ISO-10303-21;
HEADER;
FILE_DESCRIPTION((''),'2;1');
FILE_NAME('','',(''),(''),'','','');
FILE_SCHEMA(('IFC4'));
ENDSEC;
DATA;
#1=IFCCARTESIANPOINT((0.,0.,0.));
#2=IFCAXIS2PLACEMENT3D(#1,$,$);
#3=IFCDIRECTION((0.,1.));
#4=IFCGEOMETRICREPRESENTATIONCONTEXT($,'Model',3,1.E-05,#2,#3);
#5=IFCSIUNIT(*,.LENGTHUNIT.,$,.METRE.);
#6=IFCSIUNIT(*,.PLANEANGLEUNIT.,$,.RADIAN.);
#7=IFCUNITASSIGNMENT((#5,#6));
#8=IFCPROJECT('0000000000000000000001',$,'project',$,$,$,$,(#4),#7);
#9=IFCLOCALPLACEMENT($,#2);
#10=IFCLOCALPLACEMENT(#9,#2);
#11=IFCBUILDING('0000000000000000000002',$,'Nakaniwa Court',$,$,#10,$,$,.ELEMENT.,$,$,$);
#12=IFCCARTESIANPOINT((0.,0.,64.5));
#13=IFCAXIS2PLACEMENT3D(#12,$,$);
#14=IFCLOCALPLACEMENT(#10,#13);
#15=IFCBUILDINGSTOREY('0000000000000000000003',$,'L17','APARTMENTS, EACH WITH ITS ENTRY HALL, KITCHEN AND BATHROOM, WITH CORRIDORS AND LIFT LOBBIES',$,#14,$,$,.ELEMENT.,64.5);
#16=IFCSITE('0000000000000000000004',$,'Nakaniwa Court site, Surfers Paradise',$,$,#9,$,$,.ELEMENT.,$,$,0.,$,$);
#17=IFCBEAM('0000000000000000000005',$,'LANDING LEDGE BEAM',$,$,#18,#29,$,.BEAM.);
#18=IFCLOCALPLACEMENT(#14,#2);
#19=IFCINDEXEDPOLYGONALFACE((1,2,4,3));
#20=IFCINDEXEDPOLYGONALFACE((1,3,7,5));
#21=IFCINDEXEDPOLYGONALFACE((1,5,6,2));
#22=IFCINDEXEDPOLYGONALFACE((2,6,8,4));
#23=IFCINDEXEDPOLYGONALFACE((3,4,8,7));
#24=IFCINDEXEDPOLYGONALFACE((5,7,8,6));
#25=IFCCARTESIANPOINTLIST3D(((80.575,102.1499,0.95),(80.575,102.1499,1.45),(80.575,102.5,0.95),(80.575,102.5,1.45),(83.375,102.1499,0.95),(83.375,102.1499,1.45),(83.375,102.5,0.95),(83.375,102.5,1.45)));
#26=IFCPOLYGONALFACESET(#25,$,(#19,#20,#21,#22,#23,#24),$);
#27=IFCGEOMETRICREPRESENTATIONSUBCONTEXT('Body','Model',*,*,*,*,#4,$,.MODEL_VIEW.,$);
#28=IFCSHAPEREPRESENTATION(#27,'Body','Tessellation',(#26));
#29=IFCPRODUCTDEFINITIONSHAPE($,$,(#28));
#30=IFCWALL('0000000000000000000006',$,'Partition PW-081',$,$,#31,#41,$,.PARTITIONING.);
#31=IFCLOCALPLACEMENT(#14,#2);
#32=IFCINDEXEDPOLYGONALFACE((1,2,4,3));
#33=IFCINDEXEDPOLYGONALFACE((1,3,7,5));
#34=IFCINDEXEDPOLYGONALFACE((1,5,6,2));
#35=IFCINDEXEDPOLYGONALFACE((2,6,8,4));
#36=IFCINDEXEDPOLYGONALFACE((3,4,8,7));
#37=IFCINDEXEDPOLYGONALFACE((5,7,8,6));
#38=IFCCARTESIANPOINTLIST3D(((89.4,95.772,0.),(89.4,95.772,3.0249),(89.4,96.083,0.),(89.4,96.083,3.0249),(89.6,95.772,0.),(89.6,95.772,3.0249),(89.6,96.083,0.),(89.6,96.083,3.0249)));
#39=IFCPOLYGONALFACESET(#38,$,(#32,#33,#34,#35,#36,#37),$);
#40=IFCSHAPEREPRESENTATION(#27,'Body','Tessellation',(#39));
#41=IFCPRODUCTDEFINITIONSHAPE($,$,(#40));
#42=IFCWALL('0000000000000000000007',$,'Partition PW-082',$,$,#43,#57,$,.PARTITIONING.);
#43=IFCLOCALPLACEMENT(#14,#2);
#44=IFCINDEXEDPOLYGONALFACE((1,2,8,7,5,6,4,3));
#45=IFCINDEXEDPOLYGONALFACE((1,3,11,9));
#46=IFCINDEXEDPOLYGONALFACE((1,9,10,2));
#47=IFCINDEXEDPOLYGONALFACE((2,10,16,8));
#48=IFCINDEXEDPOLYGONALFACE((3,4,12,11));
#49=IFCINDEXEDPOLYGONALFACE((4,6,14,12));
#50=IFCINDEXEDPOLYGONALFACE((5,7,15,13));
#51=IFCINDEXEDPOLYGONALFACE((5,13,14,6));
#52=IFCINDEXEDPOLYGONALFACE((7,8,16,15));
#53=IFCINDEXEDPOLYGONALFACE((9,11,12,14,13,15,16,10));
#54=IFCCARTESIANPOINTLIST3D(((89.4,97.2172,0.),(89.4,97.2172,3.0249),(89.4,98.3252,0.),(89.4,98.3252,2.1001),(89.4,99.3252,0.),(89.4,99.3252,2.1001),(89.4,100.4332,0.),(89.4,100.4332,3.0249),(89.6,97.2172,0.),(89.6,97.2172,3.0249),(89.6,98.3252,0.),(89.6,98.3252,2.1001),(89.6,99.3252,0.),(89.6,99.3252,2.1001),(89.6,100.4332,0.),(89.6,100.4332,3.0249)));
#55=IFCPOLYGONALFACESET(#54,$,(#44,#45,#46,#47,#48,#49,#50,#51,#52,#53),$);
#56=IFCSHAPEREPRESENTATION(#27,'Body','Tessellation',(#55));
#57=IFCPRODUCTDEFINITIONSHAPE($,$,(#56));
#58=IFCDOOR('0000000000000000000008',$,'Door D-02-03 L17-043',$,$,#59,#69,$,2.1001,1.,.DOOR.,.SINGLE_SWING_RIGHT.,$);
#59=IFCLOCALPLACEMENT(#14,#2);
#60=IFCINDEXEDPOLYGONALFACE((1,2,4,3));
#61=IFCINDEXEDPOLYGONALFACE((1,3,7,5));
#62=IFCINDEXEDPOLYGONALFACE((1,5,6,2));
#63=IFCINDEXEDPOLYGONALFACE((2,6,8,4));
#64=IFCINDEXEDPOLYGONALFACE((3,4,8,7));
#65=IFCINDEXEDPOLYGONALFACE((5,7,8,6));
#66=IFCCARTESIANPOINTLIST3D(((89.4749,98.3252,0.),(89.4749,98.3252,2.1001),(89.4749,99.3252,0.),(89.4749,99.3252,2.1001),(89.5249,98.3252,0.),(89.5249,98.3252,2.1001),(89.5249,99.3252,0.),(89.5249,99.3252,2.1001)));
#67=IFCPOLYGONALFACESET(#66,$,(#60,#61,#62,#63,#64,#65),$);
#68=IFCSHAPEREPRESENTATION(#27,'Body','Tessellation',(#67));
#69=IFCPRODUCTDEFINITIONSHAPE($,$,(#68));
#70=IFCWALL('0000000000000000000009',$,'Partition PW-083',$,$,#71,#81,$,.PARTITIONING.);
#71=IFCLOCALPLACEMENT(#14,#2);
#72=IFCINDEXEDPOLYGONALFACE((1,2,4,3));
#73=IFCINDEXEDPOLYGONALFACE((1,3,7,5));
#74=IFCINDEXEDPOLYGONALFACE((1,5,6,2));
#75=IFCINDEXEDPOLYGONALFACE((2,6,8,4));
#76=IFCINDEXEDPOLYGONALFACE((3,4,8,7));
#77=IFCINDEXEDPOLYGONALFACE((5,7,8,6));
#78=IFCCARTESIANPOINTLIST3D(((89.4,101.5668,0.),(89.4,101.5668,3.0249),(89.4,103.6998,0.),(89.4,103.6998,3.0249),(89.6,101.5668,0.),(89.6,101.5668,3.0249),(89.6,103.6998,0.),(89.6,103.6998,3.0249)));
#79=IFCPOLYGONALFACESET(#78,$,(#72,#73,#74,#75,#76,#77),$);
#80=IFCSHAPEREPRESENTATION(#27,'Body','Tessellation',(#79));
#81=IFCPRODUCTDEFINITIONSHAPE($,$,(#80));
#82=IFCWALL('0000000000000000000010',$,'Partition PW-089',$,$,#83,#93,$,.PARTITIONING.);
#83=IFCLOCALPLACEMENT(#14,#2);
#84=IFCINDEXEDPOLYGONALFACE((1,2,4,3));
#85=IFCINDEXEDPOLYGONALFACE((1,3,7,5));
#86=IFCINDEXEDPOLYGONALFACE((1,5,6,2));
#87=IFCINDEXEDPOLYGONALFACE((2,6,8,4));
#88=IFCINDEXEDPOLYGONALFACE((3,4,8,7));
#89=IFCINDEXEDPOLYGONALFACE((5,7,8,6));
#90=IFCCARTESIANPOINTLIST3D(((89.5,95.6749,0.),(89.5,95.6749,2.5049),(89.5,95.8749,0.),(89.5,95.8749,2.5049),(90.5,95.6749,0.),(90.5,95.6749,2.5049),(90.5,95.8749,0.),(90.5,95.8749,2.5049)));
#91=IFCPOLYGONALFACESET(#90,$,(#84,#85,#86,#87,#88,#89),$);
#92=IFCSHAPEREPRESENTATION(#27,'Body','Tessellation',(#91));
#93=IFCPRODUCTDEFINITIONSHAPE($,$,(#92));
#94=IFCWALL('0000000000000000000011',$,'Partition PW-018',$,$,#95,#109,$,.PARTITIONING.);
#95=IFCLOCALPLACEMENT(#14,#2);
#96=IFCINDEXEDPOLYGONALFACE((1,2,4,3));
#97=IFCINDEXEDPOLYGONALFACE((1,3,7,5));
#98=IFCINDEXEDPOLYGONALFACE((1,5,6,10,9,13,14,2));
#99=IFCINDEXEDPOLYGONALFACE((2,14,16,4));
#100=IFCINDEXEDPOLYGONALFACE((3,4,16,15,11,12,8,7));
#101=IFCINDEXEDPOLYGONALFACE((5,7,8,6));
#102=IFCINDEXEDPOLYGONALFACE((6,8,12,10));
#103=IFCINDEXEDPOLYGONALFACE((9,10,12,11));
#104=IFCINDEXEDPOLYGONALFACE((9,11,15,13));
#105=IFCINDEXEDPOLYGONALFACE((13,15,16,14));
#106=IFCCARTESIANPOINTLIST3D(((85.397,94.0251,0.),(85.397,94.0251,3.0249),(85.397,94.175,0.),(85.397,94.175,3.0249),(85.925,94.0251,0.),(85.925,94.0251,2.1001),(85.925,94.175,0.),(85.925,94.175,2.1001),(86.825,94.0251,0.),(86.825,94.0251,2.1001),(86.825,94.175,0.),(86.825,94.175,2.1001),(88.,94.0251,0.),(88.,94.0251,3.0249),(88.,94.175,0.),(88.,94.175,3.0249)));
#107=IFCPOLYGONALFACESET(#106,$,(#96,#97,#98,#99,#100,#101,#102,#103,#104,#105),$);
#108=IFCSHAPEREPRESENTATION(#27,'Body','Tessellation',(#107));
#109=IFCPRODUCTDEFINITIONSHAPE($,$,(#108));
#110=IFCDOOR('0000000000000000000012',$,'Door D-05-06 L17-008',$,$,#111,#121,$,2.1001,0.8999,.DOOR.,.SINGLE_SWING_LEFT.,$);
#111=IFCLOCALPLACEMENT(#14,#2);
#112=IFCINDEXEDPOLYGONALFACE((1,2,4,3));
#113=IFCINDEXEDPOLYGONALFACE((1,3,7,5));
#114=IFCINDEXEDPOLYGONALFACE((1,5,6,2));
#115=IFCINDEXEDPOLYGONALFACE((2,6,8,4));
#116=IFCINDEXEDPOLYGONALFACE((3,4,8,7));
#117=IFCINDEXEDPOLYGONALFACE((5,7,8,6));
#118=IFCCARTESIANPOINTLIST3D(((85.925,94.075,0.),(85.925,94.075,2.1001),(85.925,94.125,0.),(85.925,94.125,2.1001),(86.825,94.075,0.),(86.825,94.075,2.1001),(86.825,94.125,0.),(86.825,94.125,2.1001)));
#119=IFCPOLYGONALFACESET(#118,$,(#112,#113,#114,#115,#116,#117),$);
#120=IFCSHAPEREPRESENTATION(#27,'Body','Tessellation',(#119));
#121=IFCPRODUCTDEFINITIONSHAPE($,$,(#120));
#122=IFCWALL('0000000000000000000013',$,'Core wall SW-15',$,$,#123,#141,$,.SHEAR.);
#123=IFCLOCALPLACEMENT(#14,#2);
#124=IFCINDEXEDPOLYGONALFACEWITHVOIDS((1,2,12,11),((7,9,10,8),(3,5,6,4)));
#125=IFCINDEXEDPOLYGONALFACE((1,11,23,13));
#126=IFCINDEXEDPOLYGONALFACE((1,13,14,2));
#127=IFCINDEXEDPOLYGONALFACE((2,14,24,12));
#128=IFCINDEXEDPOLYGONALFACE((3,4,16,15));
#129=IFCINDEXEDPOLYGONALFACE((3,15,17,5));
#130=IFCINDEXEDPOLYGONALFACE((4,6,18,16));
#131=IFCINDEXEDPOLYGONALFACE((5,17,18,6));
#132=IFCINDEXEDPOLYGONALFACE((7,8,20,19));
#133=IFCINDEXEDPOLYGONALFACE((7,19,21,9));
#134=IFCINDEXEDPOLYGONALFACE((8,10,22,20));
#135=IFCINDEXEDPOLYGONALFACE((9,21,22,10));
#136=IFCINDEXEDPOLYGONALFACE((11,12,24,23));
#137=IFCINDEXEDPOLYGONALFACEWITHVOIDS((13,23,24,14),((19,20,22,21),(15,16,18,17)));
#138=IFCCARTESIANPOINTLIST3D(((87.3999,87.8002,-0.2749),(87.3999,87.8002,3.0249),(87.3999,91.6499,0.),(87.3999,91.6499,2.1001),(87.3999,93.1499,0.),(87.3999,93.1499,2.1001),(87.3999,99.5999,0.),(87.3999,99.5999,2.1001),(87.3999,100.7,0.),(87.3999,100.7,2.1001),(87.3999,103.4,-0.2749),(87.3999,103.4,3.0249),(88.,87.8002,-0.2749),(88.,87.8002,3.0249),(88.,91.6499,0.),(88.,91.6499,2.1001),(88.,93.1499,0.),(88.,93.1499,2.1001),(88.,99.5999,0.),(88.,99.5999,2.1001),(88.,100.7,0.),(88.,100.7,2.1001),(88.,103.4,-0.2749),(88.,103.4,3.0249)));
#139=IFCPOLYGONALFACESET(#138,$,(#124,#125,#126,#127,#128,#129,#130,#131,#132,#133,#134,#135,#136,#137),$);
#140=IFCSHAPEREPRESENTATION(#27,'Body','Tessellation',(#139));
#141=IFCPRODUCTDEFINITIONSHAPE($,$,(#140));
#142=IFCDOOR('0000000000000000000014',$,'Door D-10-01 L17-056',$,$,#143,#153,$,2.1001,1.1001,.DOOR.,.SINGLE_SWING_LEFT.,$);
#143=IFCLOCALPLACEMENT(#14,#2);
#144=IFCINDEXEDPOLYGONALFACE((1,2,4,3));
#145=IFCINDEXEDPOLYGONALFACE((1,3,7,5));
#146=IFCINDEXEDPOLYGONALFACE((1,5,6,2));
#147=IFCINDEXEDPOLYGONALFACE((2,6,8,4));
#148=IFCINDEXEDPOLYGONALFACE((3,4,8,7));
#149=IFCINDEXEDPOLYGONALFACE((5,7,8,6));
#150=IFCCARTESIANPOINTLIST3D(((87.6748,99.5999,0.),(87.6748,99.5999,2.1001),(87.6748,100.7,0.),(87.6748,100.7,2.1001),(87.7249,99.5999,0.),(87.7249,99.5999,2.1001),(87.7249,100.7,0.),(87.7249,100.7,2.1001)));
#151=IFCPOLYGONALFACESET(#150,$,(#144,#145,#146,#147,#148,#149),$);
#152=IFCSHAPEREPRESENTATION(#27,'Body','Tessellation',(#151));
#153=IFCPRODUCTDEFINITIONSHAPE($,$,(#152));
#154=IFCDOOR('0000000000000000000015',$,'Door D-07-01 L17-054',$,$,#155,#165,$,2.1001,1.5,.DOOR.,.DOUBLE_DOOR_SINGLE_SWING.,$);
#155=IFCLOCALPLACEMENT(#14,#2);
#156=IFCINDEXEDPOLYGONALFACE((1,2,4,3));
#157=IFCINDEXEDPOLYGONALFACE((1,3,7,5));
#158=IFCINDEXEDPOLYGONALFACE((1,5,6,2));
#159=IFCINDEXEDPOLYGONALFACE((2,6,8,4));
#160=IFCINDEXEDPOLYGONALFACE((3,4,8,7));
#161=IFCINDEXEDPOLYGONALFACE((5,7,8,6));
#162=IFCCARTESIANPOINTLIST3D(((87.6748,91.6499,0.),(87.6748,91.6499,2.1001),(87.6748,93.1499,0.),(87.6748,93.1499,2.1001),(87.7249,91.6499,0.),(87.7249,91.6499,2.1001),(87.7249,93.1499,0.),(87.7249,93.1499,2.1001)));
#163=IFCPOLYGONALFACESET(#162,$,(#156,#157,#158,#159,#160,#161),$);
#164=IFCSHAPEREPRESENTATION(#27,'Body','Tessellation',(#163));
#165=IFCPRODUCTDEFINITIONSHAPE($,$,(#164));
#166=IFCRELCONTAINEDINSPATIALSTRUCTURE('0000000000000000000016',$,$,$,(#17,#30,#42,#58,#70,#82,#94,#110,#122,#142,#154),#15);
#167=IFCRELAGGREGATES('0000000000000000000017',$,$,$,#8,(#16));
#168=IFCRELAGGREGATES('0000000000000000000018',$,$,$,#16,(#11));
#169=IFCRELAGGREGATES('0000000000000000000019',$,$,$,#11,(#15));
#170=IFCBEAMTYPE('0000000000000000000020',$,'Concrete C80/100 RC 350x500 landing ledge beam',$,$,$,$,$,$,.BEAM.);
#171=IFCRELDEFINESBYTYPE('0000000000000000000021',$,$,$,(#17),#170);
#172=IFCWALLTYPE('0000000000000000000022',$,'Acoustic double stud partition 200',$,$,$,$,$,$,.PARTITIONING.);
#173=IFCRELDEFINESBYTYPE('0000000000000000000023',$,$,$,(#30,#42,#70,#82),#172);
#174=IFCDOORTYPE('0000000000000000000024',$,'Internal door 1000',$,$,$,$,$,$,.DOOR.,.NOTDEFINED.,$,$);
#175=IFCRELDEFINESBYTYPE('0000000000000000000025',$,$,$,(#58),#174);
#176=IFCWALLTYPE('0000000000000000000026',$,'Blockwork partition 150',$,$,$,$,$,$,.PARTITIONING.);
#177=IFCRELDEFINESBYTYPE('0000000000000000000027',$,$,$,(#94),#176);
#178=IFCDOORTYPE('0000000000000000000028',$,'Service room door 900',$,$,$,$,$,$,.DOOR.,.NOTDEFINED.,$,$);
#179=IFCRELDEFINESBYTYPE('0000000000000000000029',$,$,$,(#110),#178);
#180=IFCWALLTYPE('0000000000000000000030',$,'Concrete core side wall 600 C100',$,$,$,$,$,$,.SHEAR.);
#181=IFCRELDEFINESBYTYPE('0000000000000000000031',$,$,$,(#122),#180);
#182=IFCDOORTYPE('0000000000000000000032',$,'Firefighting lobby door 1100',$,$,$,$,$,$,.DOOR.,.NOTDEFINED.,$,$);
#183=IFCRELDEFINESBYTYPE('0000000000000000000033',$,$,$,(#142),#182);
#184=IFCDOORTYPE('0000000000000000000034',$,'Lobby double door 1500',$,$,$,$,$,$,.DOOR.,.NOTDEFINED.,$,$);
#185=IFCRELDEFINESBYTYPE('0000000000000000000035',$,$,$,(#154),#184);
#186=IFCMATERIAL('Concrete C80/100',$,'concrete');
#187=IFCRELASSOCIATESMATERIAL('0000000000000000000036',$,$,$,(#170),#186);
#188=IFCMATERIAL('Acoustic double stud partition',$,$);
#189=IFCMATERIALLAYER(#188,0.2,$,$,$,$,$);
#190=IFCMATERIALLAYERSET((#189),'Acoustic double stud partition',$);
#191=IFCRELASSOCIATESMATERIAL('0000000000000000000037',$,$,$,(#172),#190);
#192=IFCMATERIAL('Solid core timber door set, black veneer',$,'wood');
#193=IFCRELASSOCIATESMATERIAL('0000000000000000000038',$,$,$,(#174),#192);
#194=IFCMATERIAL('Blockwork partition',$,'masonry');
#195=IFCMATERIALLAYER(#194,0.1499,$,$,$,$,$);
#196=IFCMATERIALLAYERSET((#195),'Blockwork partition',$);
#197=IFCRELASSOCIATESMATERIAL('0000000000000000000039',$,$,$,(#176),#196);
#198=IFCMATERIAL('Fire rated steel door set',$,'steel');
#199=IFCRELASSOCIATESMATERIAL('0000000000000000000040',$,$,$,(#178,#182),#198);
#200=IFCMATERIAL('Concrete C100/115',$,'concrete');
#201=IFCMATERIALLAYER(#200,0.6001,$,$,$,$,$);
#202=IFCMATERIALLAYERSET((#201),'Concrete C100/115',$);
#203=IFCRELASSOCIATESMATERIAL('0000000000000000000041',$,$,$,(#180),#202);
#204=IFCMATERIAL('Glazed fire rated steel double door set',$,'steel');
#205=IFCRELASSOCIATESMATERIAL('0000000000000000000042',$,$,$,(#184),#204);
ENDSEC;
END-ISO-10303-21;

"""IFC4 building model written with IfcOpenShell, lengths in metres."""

from ifc_helpers import new_model, si_unit, direction, frame, frame_2d, origin, origin_2d, place, context, subcontext, project, spatial, rectangle, extrude, material, layer, layer_set, material_profile, profile_set, type_object, element, fill, save


model = new_model("IFC4")

# Units and contexts
model_context = context("Model", 3, precision=1e-05, world=origin(), true_north=direction((0.0, 1.0)))
body_context = subcontext(model_context, "Body", "Model", "MODEL_VIEW")
ifc_project = project(units=[si_unit("LENGTHUNIT", "METRE"), si_unit("PLANEANGLEUNIT", "RADIAN")], contexts=[model_context])

# Site, building, storey
site_placement = place(None, origin())
site = spatial("IfcSite", under=ifc_project, at=site_placement, Name="Nakaniwa Court site, Surfers Paradise", CompositionType="ELEMENT", RefElevation=0.0)
building_placement = place(site_placement, origin())
building = spatial("IfcBuilding", under=site, at=building_placement, Name="Nakaniwa Court", CompositionType="ELEMENT")
storey_placement = place(building_placement, frame((0.0, 0.0, 64.5)))
storey = spatial("IfcBuildingStorey", under=building, at=storey_placement, Name="L17", Description="APARTMENTS, EACH WITH ITS ENTRY HALL, KITCHEN AND BATHROOM, WITH CORRIDORS AND LIFT LOBBIES", CompositionType="ELEMENT", Elevation=64.5)

# Beam
ifc_material_1 = material(Name="Concrete C80/100", Category="concrete")
ifc_material_profile = material_profile(ifc_material_1, rectangle(XDim=0.3501, YDim=0.5, at=origin_2d()), Name="Concrete C80/100 RC 350x500 landing ledge beam")
ifc_profile_set = profile_set([ifc_material_profile], Name="Concrete C80/100")
beam_type = type_object("IfcBeamType", Name="Concrete C80/100 RC 350x500 landing ledge beam", PredefinedType="BEAM", material=ifc_profile_set)
beam_placement = place(storey_placement, frame((80.575, 102.325, 1.2), z_axis=(1.0, 0.0, 0.0), x_axis=(0.0, 1.0, 0.0)))
element("IfcBeam", 1, at=beam_placement, inside=storey, type_object=beam_type, Name="LANDING LEDGE BEAM", PredefinedType="BEAM", context=body_context, shape_type="SweptSolid", body=[
    extrude(rectangle(XDim=0.3501, YDim=0.5, at=origin_2d()), origin(), (0.0, 0.0, 1.0), 2.8),
])

# Wall
ifc_material_2 = material(Name="Acoustic double stud partition")
ifc_layer_1 = layer(ifc_material_2, 0.2)
ifc_layer_set_1 = layer_set([ifc_layer_1], Name="Acoustic double stud partition")
wall_type_1 = type_object("IfcWallType", Name="Acoustic double stud partition 200", PredefinedType="PARTITIONING", material=ifc_layer_set_1)
wall_1_placement = place(storey_placement, frame((89.5, 95.772, 0.0), z_axis=(0.0, 0.0, 1.0), x_axis=(0.0, 1.0, 0.0)))
element("IfcWall", 2, at=wall_1_placement, inside=storey, type_object=wall_type_1, Name="Partition PW-081", PredefinedType="PARTITIONING", context=body_context, shape_type="SweptSolid", body=[
    extrude(rectangle(XDim=0.311, YDim=0.2, at=frame_2d((0.1555, 0.0))), origin(), (0.0, 0.0, 1.0), 3.0249),
])

# Wall, opening, door
wall_2_placement = place(storey_placement, frame((89.5, 100.4331, 0.0), z_axis=(0.0, 0.0, 1.0), x_axis=(0.0, -1.0, 0.0)))
wall_2 = element("IfcWall", 3, at=wall_2_placement, inside=storey, type_object=wall_type_1, Name="Partition PW-082", PredefinedType="PARTITIONING", context=body_context, shape_type="SweptSolid", body=[
    extrude(rectangle(XDim=3.2161, YDim=0.2, at=frame_2d((1.6079, 0.0))), origin(), (0.0, 0.0, 1.0), 3.0249),
])
opening_1_placement = place(wall_2_placement, frame((1.1079, 0.0, 0.0)))
opening_1 = element("IfcOpeningElement", 4, at=opening_1_placement, cuts=wall_2, PredefinedType="OPENING", context=body_context, shape_type="SweptSolid", body=[
    extrude(rectangle(XDim=1.0, YDim=2.1001, at=frame_2d((0.5, 1.05))), frame((0.0, 0.1099, 0.0), z_axis=(0.0, -1.0, 0.0), x_axis=(1.0, 0.0, 0.0)), (0.0, 0.0, 1.0), 0.22),
])
ifc_material_3 = material(Name="Solid core timber door set, black veneer", Category="wood")
door_type_1 = type_object("IfcDoorType", Name="Internal door 1000", OperationType="NOTDEFINED", PredefinedType="DOOR", material=ifc_material_3)
door_1_placement = place(opening_1_placement, origin())
door_1 = element("IfcDoor", 5, at=door_1_placement, inside=storey, type_object=door_type_1, Name="Door D-02-03 L17-043", OperationType="SINGLE_SWING_RIGHT", OverallHeight=2.1001, OverallWidth=1.0, PredefinedType="DOOR", context=body_context, shape_type="SweptSolid", body=[
    extrude(rectangle(XDim=1.0, YDim=2.1001, at=frame_2d((0.5, 1.05))), frame((0.0, 0.0249, 0.0), z_axis=(0.0, -1.0, 0.0), x_axis=(1.0, 0.0, 0.0)), (0.0, 0.0, 1.0), 0.05),
])
fill(opening_1, door_1)

# Walls
wall_3_placement = place(storey_placement, frame((89.5, 101.5669, 0.0), z_axis=(0.0, 0.0, 1.0), x_axis=(0.0, 1.0, 0.0)))
element("IfcWall", 6, at=wall_3_placement, inside=storey, type_object=wall_type_1, Name="Partition PW-083", PredefinedType="PARTITIONING", context=body_context, shape_type="SweptSolid", body=[
    extrude(rectangle(XDim=2.1331, YDim=0.2, at=frame_2d((1.0664, 0.0))), origin(), (0.0, 0.0, 1.0), 3.0249),
])
wall_4_placement = place(storey_placement, frame((89.5, 95.7749, 0.0), z_axis=(0.0, 0.0, 1.0), x_axis=(1.0, 0.0, 0.0)))
element("IfcWall", 7, at=wall_4_placement, inside=storey, type_object=wall_type_1, Name="Partition PW-089", PredefinedType="PARTITIONING", context=body_context, shape_type="SweptSolid", body=[
    extrude(rectangle(XDim=1.0, YDim=0.2, at=frame_2d((0.5, 0.0))), origin(), (0.0, 0.0, 1.0), 2.5049),
])

# Wall, opening, door
ifc_material_4 = material(Name="Blockwork partition", Category="masonry")
ifc_layer_2 = layer(ifc_material_4, 0.1499)
ifc_layer_set_2 = layer_set([ifc_layer_2], Name="Blockwork partition")
wall_type_2 = type_object("IfcWallType", Name="Blockwork partition 150", PredefinedType="PARTITIONING", material=ifc_layer_set_2)
wall_5_placement = place(storey_placement, frame((85.397, 94.1001, 0.0), z_axis=(0.0, 0.0, 1.0), x_axis=(1.0, 0.0, 0.0)))
wall_5 = element("IfcWall", 8, at=wall_5_placement, inside=storey, type_object=wall_type_2, Name="Partition PW-018", PredefinedType="PARTITIONING", context=body_context, shape_type="SweptSolid", body=[
    extrude(rectangle(XDim=2.603, YDim=0.1499, at=frame_2d((1.3015, 0.0))), origin(), (0.0, 0.0, 1.0), 3.0249),
])
opening_2_placement = place(wall_5_placement, frame((0.5281, 0.0, 0.0)))
opening_2 = element("IfcOpeningElement", 9, at=opening_2_placement, cuts=wall_5, PredefinedType="OPENING", context=body_context, shape_type="SweptSolid", body=[
    extrude(rectangle(XDim=0.8999, YDim=2.1001, at=frame_2d((0.45, 1.05))), frame((0.0, 0.085, 0.0), z_axis=(0.0, -1.0, 0.0), x_axis=(1.0, 0.0, 0.0)), (0.0, 0.0, 1.0), 0.1699),
])
ifc_material_5 = material(Name="Fire rated steel door set", Category="steel")
door_type_2 = type_object("IfcDoorType", Name="Service room door 900", OperationType="NOTDEFINED", PredefinedType="DOOR", material=ifc_material_5)
door_2_placement = place(opening_2_placement, origin())
door_2 = element("IfcDoor", 10, at=door_2_placement, inside=storey, type_object=door_type_2, Name="Door D-05-06 L17-008", OperationType="SINGLE_SWING_LEFT", OverallHeight=2.1001, OverallWidth=0.8999, PredefinedType="DOOR", context=body_context, shape_type="SweptSolid", body=[
    extrude(rectangle(XDim=0.8999, YDim=2.1001, at=frame_2d((0.45, 1.05))), frame((0.0, 0.0249, 0.0), z_axis=(0.0, -1.0, 0.0), x_axis=(1.0, 0.0, 0.0)), (0.0, 0.0, 1.0), 0.05),
])
fill(opening_2, door_2)

# Wall, openings, doors
ifc_material_6 = material(Name="Concrete C100/115", Category="concrete")
ifc_layer_3 = layer(ifc_material_6, 0.6001)
ifc_layer_set_3 = layer_set([ifc_layer_3], Name="Concrete C100/115")
wall_type_3 = type_object("IfcWallType", Name="Concrete core side wall 600 C100", PredefinedType="SHEAR", material=ifc_layer_set_3)
wall_6_placement = place(storey_placement, frame((87.7, 103.3999, -0.2749), z_axis=(0.0, 0.0, 1.0), x_axis=(0.0, -1.0, 0.0)))
wall_6 = element("IfcWall", 11, at=wall_6_placement, inside=storey, type_object=wall_type_3, Name="Core wall SW-15", PredefinedType="SHEAR", context=body_context, shape_type="SweptSolid", body=[
    extrude(rectangle(XDim=15.5999, YDim=0.6001, at=frame_2d((7.7998, 0.0))), origin(), (0.0, 0.0, 1.0), 3.2998),
])
opening_3_placement = place(wall_6_placement, frame((10.25, 0.0, 0.2749)))
opening_3 = element("IfcOpeningElement", 12, at=opening_3_placement, cuts=wall_6, PredefinedType="OPENING", context=body_context, shape_type="SweptSolid", body=[
    extrude(rectangle(XDim=1.5, YDim=2.1001, at=frame_2d((0.75, 1.05))), frame((0.0, 0.3101, 0.0), z_axis=(0.0, -1.0, 0.0), x_axis=(1.0, 0.0, 0.0)), (0.0, 0.0, 1.0), 0.6201),
])
opening_4_placement = place(wall_6_placement, frame((2.7, 0.0, 0.2749)))
opening_4 = element("IfcOpeningElement", 13, at=opening_4_placement, cuts=wall_6, PredefinedType="OPENING", context=body_context, shape_type="SweptSolid", body=[
    extrude(rectangle(XDim=1.1001, YDim=2.1001, at=frame_2d((0.55, 1.05))), frame((0.0, 0.3101, 0.0), z_axis=(0.0, -1.0, 0.0), x_axis=(1.0, 0.0, 0.0)), (0.0, 0.0, 1.0), 0.6201),
])
door_type_3 = type_object("IfcDoorType", Name="Firefighting lobby door 1100", OperationType="NOTDEFINED", PredefinedType="DOOR", material=ifc_material_5)
door_3_placement = place(opening_4_placement, origin())
door_3 = element("IfcDoor", 14, at=door_3_placement, inside=storey, type_object=door_type_3, Name="Door D-10-01 L17-056", OperationType="SINGLE_SWING_LEFT", OverallHeight=2.1001, OverallWidth=1.1001, PredefinedType="DOOR", context=body_context, shape_type="SweptSolid", body=[
    extrude(rectangle(XDim=1.1001, YDim=2.1001, at=frame_2d((0.55, 1.05))), frame((0.0, 0.0249, 0.0), z_axis=(0.0, -1.0, 0.0), x_axis=(1.0, 0.0, 0.0)), (0.0, 0.0, 1.0), 0.05),
])
fill(opening_4, door_3)
ifc_material_7 = material(Name="Glazed fire rated steel double door set", Category="steel")
door_type_4 = type_object("IfcDoorType", Name="Lobby double door 1500", OperationType="NOTDEFINED", PredefinedType="DOOR", material=ifc_material_7)
door_4_placement = place(opening_3_placement, origin())
door_4 = element("IfcDoor", 15, at=door_4_placement, inside=storey, type_object=door_type_4, Name="Door D-07-01 L17-054", OperationType="DOUBLE_DOOR_SINGLE_SWING", OverallHeight=2.1001, OverallWidth=1.5, PredefinedType="DOOR", context=body_context, shape_type="SweptSolid", body=[
    extrude(rectangle(XDim=1.5, YDim=2.1001, at=frame_2d((0.75, 1.05))), frame((0.0, 0.0249, 0.0), z_axis=(0.0, -1.0, 0.0), x_axis=(1.0, 0.0, 0.0)), (0.0, 0.0, 1.0), 0.05),
])
fill(opening_3, door_4)

save(model, "model.ifc")
